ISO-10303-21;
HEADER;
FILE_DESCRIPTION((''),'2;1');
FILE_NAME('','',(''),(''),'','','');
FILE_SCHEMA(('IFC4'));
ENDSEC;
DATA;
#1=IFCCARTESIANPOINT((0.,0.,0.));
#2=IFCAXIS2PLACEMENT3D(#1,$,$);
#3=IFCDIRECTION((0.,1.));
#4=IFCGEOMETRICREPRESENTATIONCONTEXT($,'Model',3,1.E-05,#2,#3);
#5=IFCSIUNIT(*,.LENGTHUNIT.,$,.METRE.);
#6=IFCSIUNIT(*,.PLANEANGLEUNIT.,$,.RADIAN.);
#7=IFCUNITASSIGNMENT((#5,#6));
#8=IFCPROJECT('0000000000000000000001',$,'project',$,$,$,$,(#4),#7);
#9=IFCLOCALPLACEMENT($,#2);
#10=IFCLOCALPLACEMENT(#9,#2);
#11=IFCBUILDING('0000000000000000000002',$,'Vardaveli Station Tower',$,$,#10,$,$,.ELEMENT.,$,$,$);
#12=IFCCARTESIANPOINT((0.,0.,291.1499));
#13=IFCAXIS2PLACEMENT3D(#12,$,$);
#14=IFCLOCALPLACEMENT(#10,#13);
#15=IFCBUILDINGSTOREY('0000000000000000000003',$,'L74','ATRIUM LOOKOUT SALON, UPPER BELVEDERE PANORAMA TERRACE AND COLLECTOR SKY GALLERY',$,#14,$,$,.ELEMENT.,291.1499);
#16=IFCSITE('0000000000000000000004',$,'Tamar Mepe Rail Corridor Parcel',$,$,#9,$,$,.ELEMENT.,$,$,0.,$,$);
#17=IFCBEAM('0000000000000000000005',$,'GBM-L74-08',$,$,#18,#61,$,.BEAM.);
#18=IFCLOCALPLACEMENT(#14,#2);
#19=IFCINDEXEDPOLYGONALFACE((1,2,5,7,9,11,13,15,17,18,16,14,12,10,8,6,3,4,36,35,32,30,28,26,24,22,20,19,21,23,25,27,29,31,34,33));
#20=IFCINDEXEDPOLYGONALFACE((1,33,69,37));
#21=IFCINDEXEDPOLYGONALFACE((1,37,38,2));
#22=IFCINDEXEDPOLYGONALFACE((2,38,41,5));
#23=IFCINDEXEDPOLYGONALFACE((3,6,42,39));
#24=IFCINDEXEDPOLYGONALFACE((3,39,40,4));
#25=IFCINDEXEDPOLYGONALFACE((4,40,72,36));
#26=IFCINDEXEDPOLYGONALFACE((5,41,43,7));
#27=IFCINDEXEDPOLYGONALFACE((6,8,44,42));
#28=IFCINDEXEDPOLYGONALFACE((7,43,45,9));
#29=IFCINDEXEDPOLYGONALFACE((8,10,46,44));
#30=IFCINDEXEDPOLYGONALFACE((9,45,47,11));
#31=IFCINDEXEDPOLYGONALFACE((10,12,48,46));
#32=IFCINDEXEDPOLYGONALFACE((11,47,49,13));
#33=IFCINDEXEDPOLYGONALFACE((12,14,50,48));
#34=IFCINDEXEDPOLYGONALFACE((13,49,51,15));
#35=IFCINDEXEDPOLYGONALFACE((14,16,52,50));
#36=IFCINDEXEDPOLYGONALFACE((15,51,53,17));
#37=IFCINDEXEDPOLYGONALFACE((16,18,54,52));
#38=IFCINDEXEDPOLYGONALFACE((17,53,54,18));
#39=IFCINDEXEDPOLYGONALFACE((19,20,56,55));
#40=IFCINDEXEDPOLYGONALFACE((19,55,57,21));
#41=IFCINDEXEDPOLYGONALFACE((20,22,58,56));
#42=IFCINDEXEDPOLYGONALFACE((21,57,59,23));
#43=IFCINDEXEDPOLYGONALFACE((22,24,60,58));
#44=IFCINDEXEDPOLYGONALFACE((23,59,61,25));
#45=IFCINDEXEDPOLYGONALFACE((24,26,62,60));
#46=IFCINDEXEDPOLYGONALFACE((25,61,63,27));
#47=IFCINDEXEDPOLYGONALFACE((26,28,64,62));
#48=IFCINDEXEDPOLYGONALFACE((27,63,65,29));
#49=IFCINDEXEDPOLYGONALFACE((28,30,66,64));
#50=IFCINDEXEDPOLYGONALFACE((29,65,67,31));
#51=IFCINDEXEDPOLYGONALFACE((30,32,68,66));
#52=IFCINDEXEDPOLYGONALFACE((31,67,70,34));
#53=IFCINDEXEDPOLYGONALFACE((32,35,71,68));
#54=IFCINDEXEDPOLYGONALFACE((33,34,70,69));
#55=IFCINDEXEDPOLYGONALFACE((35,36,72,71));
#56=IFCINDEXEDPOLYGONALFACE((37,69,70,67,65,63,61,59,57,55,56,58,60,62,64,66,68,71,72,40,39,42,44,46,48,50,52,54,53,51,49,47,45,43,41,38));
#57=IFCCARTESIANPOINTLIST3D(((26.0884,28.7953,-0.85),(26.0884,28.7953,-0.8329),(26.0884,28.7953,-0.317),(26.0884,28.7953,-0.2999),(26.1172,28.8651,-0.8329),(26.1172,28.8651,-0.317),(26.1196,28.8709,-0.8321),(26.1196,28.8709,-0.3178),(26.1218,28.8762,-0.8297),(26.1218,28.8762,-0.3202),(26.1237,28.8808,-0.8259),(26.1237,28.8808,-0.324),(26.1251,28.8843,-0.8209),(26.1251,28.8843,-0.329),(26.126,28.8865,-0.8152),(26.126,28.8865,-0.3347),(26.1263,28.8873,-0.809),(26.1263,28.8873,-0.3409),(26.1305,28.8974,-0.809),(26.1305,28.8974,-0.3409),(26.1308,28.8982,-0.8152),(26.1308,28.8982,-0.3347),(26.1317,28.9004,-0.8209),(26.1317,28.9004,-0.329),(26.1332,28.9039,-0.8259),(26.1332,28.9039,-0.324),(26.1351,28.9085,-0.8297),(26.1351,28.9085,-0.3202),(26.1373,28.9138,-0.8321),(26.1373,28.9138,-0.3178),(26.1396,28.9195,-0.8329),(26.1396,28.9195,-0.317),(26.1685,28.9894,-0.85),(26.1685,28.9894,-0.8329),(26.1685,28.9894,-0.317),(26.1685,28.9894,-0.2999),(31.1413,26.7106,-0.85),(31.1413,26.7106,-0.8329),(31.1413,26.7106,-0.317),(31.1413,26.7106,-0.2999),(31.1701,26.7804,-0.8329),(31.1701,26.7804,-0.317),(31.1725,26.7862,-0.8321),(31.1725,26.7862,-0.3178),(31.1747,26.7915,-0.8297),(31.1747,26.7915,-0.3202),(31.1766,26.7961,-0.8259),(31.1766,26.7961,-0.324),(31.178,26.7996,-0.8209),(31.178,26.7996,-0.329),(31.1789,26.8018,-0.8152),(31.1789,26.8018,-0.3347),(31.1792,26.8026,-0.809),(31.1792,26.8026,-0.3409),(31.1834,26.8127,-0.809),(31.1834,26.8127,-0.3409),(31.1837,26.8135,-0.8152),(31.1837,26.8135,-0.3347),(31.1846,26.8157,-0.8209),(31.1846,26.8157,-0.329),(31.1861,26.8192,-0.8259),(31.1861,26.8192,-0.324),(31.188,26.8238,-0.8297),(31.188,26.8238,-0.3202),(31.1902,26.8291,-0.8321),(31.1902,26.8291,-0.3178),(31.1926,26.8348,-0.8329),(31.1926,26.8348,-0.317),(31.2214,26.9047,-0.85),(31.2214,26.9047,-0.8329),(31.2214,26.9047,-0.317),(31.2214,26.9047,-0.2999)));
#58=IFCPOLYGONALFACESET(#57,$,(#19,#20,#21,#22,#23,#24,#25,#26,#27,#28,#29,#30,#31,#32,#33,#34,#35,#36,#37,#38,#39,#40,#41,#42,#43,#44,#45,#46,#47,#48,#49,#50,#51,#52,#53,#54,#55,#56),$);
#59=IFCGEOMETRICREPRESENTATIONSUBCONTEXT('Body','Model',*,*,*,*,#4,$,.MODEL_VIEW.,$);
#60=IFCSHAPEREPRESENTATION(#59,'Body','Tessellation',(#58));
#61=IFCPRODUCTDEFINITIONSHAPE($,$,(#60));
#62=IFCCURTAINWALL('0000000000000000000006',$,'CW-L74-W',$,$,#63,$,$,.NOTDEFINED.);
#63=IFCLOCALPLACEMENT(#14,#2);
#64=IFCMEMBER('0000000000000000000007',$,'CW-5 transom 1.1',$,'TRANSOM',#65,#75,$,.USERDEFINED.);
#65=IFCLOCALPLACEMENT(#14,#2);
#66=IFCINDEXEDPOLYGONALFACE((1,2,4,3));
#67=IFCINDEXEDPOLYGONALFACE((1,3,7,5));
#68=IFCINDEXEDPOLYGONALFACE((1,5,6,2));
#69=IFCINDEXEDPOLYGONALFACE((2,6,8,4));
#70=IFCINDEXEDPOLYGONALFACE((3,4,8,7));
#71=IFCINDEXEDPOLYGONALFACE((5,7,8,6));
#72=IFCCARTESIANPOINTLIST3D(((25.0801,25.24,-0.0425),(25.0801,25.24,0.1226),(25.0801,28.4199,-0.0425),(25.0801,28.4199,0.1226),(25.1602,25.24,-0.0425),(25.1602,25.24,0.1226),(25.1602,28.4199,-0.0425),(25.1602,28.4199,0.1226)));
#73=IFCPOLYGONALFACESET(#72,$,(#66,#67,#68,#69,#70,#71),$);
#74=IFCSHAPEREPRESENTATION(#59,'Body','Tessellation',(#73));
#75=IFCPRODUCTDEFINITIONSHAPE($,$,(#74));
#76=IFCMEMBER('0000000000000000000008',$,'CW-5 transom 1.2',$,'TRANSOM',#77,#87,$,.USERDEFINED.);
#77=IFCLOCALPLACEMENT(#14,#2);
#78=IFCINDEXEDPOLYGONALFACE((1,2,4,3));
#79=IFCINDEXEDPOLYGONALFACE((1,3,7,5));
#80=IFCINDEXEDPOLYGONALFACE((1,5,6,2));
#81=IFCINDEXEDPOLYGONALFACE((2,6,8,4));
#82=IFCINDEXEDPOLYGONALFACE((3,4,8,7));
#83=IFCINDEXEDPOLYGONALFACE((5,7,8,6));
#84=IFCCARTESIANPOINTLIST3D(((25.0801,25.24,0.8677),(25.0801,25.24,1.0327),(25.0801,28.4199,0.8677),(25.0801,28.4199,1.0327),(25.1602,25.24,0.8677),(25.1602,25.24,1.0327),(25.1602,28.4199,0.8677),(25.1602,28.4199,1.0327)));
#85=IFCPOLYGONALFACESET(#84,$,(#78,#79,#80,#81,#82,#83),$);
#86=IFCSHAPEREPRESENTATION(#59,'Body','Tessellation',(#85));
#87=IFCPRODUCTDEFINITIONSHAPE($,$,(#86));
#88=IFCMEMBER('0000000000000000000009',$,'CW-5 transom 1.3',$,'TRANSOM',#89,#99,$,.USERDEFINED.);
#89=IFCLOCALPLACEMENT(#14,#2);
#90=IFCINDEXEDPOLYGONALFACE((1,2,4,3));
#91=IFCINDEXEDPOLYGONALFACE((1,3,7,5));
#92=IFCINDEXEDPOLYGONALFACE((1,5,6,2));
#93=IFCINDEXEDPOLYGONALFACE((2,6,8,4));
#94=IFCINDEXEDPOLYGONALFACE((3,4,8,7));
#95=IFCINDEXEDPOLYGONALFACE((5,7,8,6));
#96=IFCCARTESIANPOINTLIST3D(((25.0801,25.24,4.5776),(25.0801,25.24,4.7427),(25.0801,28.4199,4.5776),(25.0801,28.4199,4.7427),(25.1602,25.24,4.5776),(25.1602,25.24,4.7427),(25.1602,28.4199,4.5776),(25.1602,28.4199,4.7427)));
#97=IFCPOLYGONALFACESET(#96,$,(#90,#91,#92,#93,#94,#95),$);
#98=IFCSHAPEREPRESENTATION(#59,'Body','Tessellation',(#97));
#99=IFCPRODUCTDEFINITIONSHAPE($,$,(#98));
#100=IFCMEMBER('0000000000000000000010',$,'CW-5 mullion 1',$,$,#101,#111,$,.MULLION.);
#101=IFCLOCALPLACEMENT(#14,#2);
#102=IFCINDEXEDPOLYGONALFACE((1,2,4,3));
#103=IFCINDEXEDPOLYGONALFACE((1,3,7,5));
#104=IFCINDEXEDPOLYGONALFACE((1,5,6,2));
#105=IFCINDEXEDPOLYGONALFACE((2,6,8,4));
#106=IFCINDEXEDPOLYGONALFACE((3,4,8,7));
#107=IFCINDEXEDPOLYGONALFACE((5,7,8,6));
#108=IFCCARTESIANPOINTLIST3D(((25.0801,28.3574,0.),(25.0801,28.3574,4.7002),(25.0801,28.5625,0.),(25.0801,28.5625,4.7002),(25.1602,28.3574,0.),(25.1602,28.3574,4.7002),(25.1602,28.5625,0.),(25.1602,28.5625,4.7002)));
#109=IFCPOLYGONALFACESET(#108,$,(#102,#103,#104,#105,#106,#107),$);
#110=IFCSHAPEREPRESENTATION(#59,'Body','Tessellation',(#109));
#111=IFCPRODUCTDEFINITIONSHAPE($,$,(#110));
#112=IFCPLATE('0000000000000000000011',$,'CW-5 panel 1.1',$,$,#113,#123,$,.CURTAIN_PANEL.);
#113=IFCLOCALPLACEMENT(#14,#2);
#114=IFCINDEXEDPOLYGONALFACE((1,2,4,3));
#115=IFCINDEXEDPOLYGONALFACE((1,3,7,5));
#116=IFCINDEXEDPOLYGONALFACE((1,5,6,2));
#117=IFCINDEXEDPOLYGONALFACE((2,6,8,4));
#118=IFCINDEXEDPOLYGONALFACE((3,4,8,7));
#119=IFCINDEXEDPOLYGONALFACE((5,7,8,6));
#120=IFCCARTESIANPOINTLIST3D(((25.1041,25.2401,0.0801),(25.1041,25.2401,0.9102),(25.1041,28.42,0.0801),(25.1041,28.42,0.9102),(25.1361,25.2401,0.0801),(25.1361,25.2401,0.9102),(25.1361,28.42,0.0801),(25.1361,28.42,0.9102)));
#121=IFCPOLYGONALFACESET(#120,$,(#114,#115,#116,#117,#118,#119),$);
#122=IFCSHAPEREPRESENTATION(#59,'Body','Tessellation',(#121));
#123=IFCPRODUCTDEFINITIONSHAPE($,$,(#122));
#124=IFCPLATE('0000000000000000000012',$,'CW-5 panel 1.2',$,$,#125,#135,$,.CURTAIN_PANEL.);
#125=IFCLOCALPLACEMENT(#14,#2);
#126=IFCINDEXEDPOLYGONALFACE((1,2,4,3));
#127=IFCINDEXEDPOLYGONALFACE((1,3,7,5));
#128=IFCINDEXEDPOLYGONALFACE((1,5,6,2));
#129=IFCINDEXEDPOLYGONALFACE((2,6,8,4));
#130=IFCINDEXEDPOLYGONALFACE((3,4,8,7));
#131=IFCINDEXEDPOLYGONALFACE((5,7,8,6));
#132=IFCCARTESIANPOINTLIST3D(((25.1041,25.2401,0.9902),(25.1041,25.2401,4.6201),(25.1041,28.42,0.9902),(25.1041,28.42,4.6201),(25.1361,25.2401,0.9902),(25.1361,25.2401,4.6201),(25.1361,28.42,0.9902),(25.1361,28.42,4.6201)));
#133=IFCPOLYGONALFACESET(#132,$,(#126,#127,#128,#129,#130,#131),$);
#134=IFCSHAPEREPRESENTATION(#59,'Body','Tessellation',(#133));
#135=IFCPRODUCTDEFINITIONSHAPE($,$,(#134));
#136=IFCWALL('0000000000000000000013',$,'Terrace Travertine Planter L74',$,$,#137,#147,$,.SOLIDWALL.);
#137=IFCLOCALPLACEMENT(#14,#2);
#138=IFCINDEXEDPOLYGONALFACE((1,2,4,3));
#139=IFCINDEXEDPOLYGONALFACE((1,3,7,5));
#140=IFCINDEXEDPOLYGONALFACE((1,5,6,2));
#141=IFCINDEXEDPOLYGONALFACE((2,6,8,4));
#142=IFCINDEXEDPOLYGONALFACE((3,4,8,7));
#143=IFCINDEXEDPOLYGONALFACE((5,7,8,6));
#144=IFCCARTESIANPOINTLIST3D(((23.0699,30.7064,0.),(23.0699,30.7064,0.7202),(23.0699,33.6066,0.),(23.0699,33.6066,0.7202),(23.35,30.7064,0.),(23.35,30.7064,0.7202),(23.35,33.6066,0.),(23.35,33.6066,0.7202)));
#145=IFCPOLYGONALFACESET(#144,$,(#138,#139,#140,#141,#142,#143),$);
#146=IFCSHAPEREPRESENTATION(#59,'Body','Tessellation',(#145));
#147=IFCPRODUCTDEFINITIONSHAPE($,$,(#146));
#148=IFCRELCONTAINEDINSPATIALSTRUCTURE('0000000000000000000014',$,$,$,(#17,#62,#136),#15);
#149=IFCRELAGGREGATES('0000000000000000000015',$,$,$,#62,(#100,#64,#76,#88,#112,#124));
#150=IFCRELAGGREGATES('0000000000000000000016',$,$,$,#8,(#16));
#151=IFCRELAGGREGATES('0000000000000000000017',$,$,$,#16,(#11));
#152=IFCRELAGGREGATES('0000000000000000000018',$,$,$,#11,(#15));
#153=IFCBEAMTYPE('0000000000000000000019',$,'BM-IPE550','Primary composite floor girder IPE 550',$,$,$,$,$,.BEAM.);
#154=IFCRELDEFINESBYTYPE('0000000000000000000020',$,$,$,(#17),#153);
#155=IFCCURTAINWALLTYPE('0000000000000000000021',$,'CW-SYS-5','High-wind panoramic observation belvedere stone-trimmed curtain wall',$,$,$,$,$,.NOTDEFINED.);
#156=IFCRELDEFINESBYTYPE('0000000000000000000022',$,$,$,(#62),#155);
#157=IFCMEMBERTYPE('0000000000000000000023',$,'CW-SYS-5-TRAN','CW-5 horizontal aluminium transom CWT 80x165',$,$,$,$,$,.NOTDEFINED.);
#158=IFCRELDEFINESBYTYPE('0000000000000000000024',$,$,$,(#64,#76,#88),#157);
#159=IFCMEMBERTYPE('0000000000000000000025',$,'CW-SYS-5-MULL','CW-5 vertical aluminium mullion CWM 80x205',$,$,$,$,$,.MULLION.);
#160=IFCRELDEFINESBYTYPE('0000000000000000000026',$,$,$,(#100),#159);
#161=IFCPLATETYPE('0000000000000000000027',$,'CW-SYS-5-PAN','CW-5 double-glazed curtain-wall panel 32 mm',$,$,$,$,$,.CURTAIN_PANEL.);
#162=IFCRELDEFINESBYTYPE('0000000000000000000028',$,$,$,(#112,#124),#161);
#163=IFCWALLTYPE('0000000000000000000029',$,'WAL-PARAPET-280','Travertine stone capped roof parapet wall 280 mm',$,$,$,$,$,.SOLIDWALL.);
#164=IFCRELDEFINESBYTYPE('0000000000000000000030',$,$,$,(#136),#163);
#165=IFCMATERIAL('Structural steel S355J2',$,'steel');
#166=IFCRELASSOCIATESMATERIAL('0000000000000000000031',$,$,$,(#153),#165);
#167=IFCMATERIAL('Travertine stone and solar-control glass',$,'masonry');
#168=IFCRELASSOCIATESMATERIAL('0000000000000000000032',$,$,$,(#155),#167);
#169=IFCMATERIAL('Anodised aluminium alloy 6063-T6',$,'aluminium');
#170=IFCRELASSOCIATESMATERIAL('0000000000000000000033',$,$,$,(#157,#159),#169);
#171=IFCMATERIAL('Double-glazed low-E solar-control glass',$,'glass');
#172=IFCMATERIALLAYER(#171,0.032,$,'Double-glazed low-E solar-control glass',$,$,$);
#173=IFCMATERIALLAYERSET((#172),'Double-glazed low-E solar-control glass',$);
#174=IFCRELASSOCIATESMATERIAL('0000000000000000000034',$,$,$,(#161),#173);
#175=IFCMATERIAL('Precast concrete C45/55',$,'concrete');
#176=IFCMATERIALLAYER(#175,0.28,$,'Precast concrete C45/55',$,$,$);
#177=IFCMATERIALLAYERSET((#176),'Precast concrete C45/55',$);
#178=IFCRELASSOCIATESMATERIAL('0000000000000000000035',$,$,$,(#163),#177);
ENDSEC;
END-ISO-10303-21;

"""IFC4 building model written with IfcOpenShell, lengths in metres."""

from ifc_helpers import new_model, si_unit, direction, frame, frame_2d, origin, origin_2d, place, context, subcontext, project, spatial, rectangle, i_section, extrude, source, transform, mapped, material, layer, layer_set, material_profile, profile_set, type_object, element, aggregate, save


model = new_model("IFC4")

# Units and contexts
model_context = context("Model", 3, precision=1e-05, world=origin(), true_north=direction((0.0, 1.0)))
body_context = subcontext(model_context, "Body", "Model", "MODEL_VIEW")
ifc_project = project(units=[si_unit("LENGTHUNIT", "METRE"), si_unit("PLANEANGLEUNIT", "RADIAN")], contexts=[model_context])

# Site, building, storey
site_placement = place(None, origin())
site = spatial("IfcSite", under=ifc_project, at=site_placement, Name="Tamar Mepe Rail Corridor Parcel", CompositionType="ELEMENT", RefElevation=0.0)
building_placement = place(site_placement, origin())
building = spatial("IfcBuilding", under=site, at=building_placement, Name="Vardaveli Station Tower", CompositionType="ELEMENT")
storey_placement = place(building_placement, frame((0.0, 0.0, 291.1499)))
storey = spatial("IfcBuildingStorey", under=building, at=storey_placement, Name="L74", Description="ATRIUM LOOKOUT SALON, UPPER BELVEDERE PANORAMA TERRACE AND COLLECTOR SKY GALLERY", CompositionType="ELEMENT", Elevation=291.1499)

# Shared definitions
ifc_material_1 = material(Name="Structural steel S355J2", Category="steel")

# Beam
ifc_material_2 = material(Name="Precast concrete C45/55", Category="concrete")
ifc_material_profile_1 = material_profile(ifc_material_1, i_section(OverallWidth=0.21, OverallDepth=0.55, WebThickness=0.011, FlangeThickness=0.0171, FilletRadius=0.0239, at=origin_2d()), Name="IPE 550")
ifc_profile_set_1 = profile_set([ifc_material_profile_1], Name="Structural steel S355J2")
beam_type_1 = type_object("IfcBeamType", Name="BM-IPE550", Description="Primary composite floor girder IPE 550", PredefinedType="BEAM", material=ifc_profile_set_1)
shared_shape_1 = source(origin(), body_context, "Body", "SweptSolid", [
    extrude(i_section(OverallWidth=0.21, OverallDepth=0.55, WebThickness=0.011, FlangeThickness=0.0171, FilletRadius=0.0239, at=origin_2d()), origin(), (0.0, 0.0, 1.0), 5.4661),
])
beam_1_placement = place(storey_placement, frame((26.1284, 28.8923, -0.575), z_axis=(0.924415, -0.381388, 0.0), x_axis=(0.381388, 0.924415, 0.0)))
element("IfcBeam", 1, at=beam_1_placement, inside=storey, type_object=beam_type_1, Name="GBM-L74-08", PredefinedType="BEAM", context=body_context, shape_type="MappedRepresentation", body=[
    mapped(shared_shape_1, transform((0.0, 0.0, 0.0), scale=1.0)),
])

# Curtain wall, members, plates
ifc_material_3 = material(Name="Travertine stone and solar-control glass", Category="masonry")
curtain_wall_type = type_object("IfcCurtainWallType", Name="CW-SYS-5", Description="High-wind panoramic observation belvedere stone-trimmed curtain wall", PredefinedType="NOTDEFINED", material=ifc_material_3)
curtain_wall_placement = place(storey_placement, origin())
curtain_wall = element("IfcCurtainWall", 2, at=curtain_wall_placement, inside=storey, type_object=curtain_wall_type, Name="CW-L74-W", PredefinedType="NOTDEFINED")
ifc_material_4 = material(Name="Anodised aluminium alloy 6063-T6", Category="aluminium")
ifc_material_profile_2 = material_profile(ifc_material_4, rectangle(XDim=0.0801, YDim=0.165, at=origin_2d()), Name="CWT 80x165")
ifc_profile_set_2 = profile_set([ifc_material_profile_2], Name="Anodised aluminium alloy 6063-T6")
member_type_1 = type_object("IfcMemberType", Name="CW-SYS-5-TRAN", Description="CW-5 horizontal aluminium transom CWT 80x165", PredefinedType="NOTDEFINED", material=ifc_profile_set_2)
shared_shape_2 = source(origin(), body_context, "Body", "SweptSolid", [
    extrude(rectangle(XDim=0.0801, YDim=0.165, at=origin_2d()), origin(), (0.0, 0.0, 1.0), 3.1799),
])
member_1_placement = place(storey_placement, frame((25.1201, 28.4199, 0.04), z_axis=(0.0, -1.0, 0.0), x_axis=(1.0, 0.0, 0.0)))
member_1 = element("IfcMember", 3, at=member_1_placement, type_object=member_type_1, Name="CW-5 transom 1.1", ObjectType="TRANSOM", PredefinedType="USERDEFINED", context=body_context, shape_type="MappedRepresentation", body=[
    mapped(shared_shape_2, transform((0.0, 0.0, 0.0), scale=1.0)),
])
member_2_placement = place(storey_placement, frame((25.1201, 28.4199, 0.9502), z_axis=(0.0, -1.0, 0.0), x_axis=(1.0, 0.0, 0.0)))
member_2 = element("IfcMember", 4, at=member_2_placement, type_object=member_type_1, Name="CW-5 transom 1.2", ObjectType="TRANSOM", PredefinedType="USERDEFINED", context=body_context, shape_type="MappedRepresentation", body=[
    mapped(shared_shape_2, transform((0.0, 0.0, 0.0), scale=1.0)),
])
member_3_placement = place(storey_placement, frame((25.1201, 28.4199, 4.6602), z_axis=(0.0, -1.0, 0.0), x_axis=(1.0, 0.0, 0.0)))
member_3 = element("IfcMember", 5, at=member_3_placement, type_object=member_type_1, Name="CW-5 transom 1.3", ObjectType="TRANSOM", PredefinedType="USERDEFINED", context=body_context, shape_type="MappedRepresentation", body=[
    mapped(shared_shape_2, transform((0.0, 0.0, 0.0), scale=1.0)),
])
ifc_material_profile_3 = material_profile(ifc_material_4, rectangle(XDim=0.0801, YDim=0.2051, at=origin_2d()), Name="CWM 80x205")
ifc_profile_set_3 = profile_set([ifc_material_profile_3], Name="Anodised aluminium alloy 6063-T6")
member_type_2 = type_object("IfcMemberType", Name="CW-SYS-5-MULL", Description="CW-5 vertical aluminium mullion CWM 80x205", PredefinedType="MULLION", material=ifc_profile_set_3)
shared_shape_3 = source(origin(), body_context, "Body", "SweptSolid", [
    extrude(rectangle(XDim=0.0801, YDim=0.2051, at=origin_2d()), origin(), (0.0, 0.0, 1.0), 4.7002),
])
member_4_placement = place(storey_placement, frame((25.1201, 28.46, 0.0), z_axis=(0.0, 0.0, 1.0), x_axis=(1.0, 0.0, 0.0)))
member_4 = element("IfcMember", 6, at=member_4_placement, type_object=member_type_2, Name="CW-5 mullion 1", PredefinedType="MULLION", context=body_context, shape_type="MappedRepresentation", body=[
    mapped(shared_shape_3, transform((0.0, 0.0, 0.0), scale=1.0)),
])
ifc_material_5 = material(Name="Double-glazed low-E solar-control glass", Category="glass")
ifc_layer_1 = layer(ifc_material_5, 0.032, Name="Double-glazed low-E solar-control glass")
ifc_layer_set_1 = layer_set([ifc_layer_1], Name="Double-glazed low-E solar-control glass")
plate_type = type_object("IfcPlateType", Name="CW-SYS-5-PAN", Description="CW-5 double-glazed curtain-wall panel 32 mm", PredefinedType="CURTAIN_PANEL", material=ifc_layer_set_1)
shared_shape_4 = source(origin(), body_context, "Body", "SweptSolid", [
    extrude(rectangle(XDim=3.1799, YDim=0.032, at=origin_2d()), origin(), (0.0, 0.0, 1.0), 0.8301),
])
plate_1_placement = place(storey_placement, frame((25.1201, 26.8301, 0.0801), z_axis=(0.0, 0.0, 1.0), x_axis=(0.0, -1.0, 0.0)))
plate_1 = element("IfcPlate", 7, at=plate_1_placement, type_object=plate_type, Name="CW-5 panel 1.1", PredefinedType="CURTAIN_PANEL", context=body_context, shape_type="MappedRepresentation", body=[
    mapped(shared_shape_4, transform((0.0, 0.0, 0.0), scale=1.0)),
])
shared_shape_5 = source(origin(), body_context, "Body", "SweptSolid", [
    extrude(rectangle(XDim=3.1799, YDim=0.032, at=origin_2d()), origin(), (0.0, 0.0, 1.0), 3.6299),
])
plate_2_placement = place(storey_placement, frame((25.1201, 26.8301, 0.9902), z_axis=(0.0, 0.0, 1.0), x_axis=(0.0, -1.0, 0.0)))
plate_2 = element("IfcPlate", 8, at=plate_2_placement, type_object=plate_type, Name="CW-5 panel 1.2", PredefinedType="CURTAIN_PANEL", context=body_context, shape_type="MappedRepresentation", body=[
    mapped(shared_shape_5, transform((0.0, 0.0, 0.0), scale=1.0)),
])
aggregate(curtain_wall, [member_4, member_1, member_2, member_3, plate_1, plate_2])

# Wall
ifc_layer_2 = layer(ifc_material_2, 0.28, Name="Precast concrete C45/55")
ifc_layer_set_2 = layer_set([ifc_layer_2], Name="Precast concrete C45/55")
wall_type_1 = type_object("IfcWallType", Name="WAL-PARAPET-280", Description="Travertine stone capped roof parapet wall 280 mm", PredefinedType="SOLIDWALL", material=ifc_layer_set_2)
shared_shape_6 = source(origin(), body_context, "Body", "SweptSolid", [
    extrude(rectangle(XDim=2.9001, YDim=0.28, at=frame_2d((1.4502, 0.0))), origin(), (0.0, 0.0, 1.0), 0.7202),
])
wall_1_placement = place(storey_placement, frame((23.21, 30.7063, 0.0), z_axis=(0.0, 0.0, 1.0), x_axis=(0.0, 1.0, 0.0)))
element("IfcWall", 9, at=wall_1_placement, inside=storey, type_object=wall_type_1, Name="Terrace Travertine Planter L74", PredefinedType="SOLIDWALL", context=body_context, shape_type="MappedRepresentation", body=[
    mapped(shared_shape_6, transform((0.0, 0.0, 0.0), scale=1.0)),
])

save(model, "model.ifc")
